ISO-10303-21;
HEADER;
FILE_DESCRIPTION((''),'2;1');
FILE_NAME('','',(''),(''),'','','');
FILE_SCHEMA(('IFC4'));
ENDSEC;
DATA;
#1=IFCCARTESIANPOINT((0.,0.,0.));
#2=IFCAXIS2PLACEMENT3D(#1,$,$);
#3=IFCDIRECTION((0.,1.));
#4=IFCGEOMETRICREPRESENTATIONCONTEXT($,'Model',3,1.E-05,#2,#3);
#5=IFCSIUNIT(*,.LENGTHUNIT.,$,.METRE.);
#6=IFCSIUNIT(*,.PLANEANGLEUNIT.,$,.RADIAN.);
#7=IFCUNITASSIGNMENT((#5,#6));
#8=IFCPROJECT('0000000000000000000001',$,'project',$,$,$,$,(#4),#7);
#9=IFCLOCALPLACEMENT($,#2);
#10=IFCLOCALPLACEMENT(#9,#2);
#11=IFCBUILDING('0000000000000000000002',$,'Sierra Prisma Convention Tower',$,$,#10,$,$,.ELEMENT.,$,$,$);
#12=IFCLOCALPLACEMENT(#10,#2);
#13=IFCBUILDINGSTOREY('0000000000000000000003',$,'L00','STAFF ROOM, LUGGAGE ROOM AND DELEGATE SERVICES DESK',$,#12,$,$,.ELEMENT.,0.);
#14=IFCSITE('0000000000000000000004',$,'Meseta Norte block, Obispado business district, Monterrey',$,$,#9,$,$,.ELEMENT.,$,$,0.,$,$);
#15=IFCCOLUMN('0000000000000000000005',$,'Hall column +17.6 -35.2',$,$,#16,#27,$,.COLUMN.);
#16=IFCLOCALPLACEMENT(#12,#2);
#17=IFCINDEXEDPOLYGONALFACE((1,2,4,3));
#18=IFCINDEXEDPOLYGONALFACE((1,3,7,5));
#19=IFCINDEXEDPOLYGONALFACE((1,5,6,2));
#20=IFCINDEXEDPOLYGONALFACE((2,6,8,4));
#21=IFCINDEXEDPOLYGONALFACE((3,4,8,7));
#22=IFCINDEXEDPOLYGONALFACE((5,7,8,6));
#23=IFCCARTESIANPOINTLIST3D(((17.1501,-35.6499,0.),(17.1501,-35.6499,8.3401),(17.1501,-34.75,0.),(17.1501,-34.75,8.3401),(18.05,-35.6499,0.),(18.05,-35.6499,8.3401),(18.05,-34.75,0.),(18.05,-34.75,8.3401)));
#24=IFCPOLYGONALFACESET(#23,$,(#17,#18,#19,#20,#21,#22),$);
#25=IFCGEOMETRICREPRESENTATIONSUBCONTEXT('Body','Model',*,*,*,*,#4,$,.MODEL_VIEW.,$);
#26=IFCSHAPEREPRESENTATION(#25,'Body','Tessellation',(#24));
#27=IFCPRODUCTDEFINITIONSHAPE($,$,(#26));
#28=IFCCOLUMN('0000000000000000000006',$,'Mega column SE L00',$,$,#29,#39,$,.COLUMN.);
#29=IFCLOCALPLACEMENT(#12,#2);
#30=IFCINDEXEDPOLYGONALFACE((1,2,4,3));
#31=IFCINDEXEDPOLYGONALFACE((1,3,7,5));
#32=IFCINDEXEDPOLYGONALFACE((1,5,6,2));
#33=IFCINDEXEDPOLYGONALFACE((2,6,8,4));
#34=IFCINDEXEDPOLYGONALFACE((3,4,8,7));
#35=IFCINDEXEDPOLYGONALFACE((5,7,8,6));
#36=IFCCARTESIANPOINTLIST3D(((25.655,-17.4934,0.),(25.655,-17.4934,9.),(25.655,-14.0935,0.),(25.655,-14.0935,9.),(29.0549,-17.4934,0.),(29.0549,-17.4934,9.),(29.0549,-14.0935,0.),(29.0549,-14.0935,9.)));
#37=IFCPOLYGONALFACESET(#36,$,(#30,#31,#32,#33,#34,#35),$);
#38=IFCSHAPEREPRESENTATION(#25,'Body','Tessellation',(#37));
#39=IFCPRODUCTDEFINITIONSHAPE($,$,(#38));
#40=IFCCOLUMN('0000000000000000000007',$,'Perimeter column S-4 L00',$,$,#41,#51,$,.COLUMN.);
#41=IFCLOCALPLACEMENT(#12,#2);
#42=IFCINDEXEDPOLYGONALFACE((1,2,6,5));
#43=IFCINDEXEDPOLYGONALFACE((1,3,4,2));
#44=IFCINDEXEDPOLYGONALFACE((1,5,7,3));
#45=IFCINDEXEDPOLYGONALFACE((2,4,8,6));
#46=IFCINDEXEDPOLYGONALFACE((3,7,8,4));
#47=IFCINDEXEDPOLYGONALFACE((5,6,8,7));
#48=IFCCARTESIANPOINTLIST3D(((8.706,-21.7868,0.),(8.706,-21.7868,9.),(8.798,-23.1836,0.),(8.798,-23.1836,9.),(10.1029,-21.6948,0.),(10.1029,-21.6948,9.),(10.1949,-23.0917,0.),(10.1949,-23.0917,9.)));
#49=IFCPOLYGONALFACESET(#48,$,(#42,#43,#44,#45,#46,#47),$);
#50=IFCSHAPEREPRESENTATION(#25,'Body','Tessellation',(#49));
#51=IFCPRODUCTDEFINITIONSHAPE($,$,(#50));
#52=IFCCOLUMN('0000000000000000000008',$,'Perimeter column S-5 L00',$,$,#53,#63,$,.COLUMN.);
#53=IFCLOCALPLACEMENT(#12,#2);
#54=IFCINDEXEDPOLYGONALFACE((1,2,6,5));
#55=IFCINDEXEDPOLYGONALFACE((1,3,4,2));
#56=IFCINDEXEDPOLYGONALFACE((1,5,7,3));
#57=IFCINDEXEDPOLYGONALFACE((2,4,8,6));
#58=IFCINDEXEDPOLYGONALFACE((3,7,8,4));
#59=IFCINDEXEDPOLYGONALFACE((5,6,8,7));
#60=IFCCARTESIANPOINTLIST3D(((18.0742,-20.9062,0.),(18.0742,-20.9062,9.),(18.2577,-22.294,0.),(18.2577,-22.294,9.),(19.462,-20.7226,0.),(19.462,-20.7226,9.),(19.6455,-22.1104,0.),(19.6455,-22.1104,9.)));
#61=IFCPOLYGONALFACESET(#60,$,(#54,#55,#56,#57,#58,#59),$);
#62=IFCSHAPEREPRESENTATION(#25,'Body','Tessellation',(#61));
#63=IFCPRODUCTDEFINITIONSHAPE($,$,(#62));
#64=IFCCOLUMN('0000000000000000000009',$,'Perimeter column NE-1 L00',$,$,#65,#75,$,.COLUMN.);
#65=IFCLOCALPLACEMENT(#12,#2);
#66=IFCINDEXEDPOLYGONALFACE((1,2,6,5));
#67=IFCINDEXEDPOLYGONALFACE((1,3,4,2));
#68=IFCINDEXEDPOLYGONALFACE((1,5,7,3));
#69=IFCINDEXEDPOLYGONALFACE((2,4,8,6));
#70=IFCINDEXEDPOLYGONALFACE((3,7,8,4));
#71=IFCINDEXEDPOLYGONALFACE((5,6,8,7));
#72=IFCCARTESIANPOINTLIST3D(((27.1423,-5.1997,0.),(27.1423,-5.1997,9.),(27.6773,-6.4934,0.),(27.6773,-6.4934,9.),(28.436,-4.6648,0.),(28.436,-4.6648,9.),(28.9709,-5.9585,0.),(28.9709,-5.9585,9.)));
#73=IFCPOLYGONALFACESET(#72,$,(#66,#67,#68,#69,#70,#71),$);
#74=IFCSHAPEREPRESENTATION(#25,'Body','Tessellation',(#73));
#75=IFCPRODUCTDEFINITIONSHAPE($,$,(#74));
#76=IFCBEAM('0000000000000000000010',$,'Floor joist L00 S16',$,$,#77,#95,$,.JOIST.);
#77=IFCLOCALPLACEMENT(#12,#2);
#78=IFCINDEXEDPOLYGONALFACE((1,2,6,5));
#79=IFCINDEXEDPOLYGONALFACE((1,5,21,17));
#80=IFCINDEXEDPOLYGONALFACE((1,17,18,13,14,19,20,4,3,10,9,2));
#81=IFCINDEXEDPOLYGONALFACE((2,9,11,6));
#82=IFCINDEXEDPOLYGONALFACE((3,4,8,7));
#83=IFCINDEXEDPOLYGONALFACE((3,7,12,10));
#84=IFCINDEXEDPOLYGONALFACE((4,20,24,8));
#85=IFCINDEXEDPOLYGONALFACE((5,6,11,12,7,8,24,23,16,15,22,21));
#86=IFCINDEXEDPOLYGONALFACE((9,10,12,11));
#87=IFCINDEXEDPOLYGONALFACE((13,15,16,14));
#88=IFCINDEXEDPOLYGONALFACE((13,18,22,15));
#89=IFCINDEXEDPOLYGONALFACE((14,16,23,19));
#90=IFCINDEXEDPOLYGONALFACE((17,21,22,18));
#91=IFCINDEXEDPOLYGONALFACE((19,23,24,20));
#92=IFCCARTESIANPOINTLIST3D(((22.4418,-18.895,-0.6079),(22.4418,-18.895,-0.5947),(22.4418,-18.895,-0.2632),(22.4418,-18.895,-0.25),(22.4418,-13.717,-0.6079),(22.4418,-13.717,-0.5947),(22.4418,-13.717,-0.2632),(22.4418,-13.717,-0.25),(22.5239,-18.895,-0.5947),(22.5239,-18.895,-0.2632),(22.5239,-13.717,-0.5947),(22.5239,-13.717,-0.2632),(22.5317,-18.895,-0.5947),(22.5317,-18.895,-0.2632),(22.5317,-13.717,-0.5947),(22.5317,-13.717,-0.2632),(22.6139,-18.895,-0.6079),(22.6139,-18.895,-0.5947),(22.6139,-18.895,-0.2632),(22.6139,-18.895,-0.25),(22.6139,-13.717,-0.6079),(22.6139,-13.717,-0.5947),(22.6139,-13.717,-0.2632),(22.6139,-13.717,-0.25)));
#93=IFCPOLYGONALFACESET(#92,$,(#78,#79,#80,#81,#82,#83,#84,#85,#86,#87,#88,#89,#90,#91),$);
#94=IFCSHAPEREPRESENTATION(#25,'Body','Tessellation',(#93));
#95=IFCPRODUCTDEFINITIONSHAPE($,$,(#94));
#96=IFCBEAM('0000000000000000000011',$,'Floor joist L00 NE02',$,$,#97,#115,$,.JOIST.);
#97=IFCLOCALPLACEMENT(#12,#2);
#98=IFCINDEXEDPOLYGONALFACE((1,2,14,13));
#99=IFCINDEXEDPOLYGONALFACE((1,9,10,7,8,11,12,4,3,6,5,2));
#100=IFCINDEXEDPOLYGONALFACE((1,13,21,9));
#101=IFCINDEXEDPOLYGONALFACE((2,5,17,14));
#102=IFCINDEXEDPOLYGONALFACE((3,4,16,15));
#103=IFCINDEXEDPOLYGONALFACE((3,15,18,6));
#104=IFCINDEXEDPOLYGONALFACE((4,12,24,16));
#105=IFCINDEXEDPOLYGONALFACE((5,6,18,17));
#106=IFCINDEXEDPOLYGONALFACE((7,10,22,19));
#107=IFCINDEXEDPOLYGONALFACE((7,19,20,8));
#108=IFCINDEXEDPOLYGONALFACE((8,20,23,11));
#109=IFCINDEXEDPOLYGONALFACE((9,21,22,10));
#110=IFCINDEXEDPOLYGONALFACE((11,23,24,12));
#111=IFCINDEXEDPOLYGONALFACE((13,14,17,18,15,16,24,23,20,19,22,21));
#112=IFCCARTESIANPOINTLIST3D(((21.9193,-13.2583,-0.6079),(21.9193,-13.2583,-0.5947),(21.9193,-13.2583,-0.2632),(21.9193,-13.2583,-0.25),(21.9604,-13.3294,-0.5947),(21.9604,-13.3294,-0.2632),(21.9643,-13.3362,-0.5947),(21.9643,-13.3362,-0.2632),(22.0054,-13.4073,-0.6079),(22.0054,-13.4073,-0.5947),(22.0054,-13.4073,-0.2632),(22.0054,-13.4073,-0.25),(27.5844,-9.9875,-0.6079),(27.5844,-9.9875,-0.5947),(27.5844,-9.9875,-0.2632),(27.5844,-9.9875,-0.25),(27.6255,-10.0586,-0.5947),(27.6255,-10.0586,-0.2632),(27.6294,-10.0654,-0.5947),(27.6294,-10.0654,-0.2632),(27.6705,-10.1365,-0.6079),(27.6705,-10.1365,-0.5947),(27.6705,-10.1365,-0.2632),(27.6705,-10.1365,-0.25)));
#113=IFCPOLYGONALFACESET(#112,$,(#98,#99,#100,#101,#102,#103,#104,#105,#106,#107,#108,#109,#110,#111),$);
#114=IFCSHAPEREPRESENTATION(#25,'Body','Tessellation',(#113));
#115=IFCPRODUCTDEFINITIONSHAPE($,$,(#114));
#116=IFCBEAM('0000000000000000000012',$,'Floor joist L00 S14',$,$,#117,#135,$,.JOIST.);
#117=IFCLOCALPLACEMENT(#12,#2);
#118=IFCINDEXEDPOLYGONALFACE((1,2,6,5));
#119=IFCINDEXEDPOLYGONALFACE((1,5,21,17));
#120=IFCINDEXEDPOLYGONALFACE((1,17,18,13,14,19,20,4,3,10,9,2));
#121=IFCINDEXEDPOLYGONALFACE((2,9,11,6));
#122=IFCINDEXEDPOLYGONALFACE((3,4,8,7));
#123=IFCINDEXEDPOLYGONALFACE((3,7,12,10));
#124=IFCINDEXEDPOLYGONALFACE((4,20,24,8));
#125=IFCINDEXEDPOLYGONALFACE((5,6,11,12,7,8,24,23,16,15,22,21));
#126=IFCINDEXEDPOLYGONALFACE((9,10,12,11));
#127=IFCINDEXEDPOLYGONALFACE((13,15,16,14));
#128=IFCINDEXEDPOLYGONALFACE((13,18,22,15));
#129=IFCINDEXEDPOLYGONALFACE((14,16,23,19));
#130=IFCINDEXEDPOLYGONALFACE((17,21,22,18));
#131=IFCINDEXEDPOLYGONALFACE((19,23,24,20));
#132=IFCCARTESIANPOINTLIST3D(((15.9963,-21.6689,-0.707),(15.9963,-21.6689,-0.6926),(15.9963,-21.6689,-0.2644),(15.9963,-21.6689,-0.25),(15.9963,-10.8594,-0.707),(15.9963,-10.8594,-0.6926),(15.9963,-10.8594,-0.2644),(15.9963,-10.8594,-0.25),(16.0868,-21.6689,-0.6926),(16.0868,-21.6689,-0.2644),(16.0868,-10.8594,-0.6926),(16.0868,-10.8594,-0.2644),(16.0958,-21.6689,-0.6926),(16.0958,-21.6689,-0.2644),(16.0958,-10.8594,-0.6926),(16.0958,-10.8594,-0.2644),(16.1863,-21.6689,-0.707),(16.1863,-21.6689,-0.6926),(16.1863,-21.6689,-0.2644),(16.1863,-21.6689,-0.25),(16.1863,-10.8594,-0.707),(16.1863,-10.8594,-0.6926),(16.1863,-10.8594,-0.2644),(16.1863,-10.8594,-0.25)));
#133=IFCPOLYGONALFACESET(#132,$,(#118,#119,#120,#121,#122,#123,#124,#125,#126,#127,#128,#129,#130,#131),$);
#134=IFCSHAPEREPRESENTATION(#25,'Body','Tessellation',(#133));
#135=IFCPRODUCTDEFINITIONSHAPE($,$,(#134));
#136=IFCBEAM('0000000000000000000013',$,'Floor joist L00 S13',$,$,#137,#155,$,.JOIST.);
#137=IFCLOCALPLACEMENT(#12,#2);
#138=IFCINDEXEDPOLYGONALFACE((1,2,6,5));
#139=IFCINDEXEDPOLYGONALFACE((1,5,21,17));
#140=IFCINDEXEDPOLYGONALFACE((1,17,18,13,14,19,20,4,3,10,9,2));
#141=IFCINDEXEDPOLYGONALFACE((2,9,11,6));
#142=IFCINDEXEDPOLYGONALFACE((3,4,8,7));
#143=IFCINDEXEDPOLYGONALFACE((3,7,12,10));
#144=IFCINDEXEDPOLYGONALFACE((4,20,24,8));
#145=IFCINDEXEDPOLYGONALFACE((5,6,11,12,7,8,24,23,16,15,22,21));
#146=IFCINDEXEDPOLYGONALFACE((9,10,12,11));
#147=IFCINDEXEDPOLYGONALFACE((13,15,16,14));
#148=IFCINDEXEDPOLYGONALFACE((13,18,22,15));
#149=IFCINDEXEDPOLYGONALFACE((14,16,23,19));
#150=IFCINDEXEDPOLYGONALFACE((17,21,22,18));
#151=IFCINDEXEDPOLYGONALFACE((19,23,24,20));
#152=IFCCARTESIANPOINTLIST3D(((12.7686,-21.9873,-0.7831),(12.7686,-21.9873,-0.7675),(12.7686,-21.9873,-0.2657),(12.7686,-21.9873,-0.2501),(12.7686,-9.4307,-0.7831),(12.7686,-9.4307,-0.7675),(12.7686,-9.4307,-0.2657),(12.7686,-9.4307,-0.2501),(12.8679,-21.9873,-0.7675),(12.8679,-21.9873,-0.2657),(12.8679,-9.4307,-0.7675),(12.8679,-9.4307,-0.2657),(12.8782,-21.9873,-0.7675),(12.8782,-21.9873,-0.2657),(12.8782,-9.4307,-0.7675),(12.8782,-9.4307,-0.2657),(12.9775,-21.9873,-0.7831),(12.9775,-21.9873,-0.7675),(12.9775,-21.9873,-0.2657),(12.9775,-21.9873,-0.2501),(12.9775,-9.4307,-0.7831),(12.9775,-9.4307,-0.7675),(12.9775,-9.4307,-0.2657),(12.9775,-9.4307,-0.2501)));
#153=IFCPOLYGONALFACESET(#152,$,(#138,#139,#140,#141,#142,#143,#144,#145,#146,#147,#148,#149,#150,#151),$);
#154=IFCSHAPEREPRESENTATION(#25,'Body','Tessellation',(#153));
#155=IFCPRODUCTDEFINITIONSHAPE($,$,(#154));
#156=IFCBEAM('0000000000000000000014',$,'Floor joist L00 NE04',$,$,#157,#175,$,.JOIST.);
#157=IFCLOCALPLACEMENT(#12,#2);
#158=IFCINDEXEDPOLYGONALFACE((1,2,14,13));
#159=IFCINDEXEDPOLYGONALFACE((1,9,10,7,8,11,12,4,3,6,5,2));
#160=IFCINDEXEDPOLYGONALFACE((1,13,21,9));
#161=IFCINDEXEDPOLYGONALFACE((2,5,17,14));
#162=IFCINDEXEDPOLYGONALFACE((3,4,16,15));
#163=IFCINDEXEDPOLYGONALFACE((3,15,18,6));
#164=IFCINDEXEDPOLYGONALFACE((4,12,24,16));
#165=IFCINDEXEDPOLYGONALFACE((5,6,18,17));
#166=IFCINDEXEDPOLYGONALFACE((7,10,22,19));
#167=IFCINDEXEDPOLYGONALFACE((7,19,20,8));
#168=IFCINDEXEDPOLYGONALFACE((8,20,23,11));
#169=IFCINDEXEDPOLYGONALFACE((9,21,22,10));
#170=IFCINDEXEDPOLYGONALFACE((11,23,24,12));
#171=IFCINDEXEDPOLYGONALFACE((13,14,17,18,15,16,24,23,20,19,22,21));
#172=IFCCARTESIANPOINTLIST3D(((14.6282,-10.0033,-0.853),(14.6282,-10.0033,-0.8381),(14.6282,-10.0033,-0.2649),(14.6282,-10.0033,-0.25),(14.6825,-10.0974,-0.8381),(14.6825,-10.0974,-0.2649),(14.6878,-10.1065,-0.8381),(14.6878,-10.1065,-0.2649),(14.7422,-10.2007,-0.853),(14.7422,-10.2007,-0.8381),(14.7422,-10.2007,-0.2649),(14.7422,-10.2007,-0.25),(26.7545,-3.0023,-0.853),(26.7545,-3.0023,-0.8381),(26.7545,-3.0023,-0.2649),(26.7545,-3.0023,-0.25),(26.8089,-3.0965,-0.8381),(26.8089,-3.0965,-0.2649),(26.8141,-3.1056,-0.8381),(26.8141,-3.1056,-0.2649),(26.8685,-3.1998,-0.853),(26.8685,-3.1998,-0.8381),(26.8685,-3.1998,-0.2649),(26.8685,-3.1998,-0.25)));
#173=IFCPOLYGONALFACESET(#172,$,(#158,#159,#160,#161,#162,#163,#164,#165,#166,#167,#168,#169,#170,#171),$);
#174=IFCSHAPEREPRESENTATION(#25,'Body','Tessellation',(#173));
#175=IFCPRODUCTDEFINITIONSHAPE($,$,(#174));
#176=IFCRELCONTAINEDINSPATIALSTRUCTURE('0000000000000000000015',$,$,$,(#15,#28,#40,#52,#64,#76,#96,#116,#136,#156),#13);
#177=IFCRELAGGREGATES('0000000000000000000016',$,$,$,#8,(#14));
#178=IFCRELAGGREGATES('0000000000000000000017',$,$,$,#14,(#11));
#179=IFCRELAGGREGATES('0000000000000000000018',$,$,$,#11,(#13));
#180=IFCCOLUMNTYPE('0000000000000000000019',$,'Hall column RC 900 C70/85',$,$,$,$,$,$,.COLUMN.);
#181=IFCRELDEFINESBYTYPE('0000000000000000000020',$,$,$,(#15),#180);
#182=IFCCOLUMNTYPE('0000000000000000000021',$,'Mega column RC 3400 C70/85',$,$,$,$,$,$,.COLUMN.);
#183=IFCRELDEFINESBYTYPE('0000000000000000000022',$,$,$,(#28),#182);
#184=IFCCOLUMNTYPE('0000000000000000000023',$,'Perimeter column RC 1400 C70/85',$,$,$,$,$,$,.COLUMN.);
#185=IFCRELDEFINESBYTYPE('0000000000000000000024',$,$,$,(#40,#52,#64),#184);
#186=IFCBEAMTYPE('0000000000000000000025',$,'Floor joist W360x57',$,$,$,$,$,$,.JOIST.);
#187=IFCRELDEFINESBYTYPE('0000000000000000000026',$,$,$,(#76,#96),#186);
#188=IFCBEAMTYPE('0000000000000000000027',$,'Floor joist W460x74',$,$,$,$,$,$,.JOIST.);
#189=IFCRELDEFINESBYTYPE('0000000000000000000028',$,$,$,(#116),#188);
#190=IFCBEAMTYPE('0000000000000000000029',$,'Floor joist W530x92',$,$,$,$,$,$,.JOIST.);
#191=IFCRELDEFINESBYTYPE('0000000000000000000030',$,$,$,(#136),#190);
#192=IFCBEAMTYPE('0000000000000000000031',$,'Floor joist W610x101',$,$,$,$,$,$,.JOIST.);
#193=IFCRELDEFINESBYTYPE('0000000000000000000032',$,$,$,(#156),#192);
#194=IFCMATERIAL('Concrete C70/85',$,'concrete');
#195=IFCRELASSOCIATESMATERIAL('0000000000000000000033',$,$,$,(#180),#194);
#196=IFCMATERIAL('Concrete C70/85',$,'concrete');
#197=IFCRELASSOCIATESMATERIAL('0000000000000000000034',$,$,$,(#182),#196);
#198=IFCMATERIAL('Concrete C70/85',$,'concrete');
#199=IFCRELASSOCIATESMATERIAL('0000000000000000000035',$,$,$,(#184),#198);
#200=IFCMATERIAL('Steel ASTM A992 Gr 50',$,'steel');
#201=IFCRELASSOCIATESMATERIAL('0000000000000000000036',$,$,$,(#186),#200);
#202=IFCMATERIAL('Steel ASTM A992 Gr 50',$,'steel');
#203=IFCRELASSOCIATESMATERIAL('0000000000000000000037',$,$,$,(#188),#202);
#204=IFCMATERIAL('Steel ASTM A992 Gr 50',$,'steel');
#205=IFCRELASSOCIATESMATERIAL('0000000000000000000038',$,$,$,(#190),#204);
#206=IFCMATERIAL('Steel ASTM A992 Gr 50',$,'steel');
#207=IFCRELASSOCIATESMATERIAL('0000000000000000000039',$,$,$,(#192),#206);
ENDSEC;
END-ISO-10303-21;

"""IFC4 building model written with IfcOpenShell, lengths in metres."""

from ifc_helpers import new_model, si_unit, direction, frame, origin, origin_2d, place, context, subcontext, project, spatial, rectangle, i_section, extrude, material, material_profile, profile_set, type_object, element, save


model = new_model("IFC4")

# Units and contexts
model_context = context("Model", 3, precision=1e-05, world=origin(), true_north=direction((0.0, 1.0)))
body_context = subcontext(model_context, "Body", "Model", "MODEL_VIEW")
ifc_project = project(units=[si_unit("LENGTHUNIT", "METRE"), si_unit("PLANEANGLEUNIT", "RADIAN")], contexts=[model_context])

# Site, building, storey
site_placement = place(None, origin())
site = spatial("IfcSite", under=ifc_project, at=site_placement, Name="Meseta Norte block, Obispado business district, Monterrey", CompositionType="ELEMENT", RefElevation=0.0)
building_placement = place(site_placement, origin())
building = spatial("IfcBuilding", under=site, at=building_placement, Name="Sierra Prisma Convention Tower", CompositionType="ELEMENT")
storey_placement = place(building_placement, origin())
storey = spatial("IfcBuildingStorey", under=building, at=storey_placement, Name="L00", Description="STAFF ROOM, LUGGAGE ROOM AND DELEGATE SERVICES DESK", CompositionType="ELEMENT", Elevation=0.0)

# Columns
ifc_material_1 = material(Name="Concrete C70/85", Category="concrete")
ifc_material_profile_1 = material_profile(ifc_material_1, rectangle(XDim=0.8999, YDim=0.8999, at=origin_2d()), Name="Hall column RC 900 C70/85")
ifc_profile_set_1 = profile_set([ifc_material_profile_1], Name="Concrete C70/85")
column_type_1 = type_object("IfcColumnType", Name="Hall column RC 900 C70/85", PredefinedType="COLUMN", material=ifc_profile_set_1)
column_1_placement = place(storey_placement, frame((17.6001, -35.2, 0.0), z_axis=(0.0, 0.0, 1.0), x_axis=(1.0, 0.0, 0.0)))
element("IfcColumn", 1, at=column_1_placement, inside=storey, type_object=column_type_1, Name="Hall column +17.6 -35.2", PredefinedType="COLUMN", context=body_context, shape_type="SweptSolid", body=[
    extrude(rectangle(XDim=0.8999, YDim=0.8999, at=origin_2d()), origin(), (0.0, 0.0, 1.0), 8.3401),
])
ifc_material_2 = material(Name="Concrete C70/85", Category="concrete")
ifc_material_profile_2 = material_profile(ifc_material_2, rectangle(XDim=3.3999, YDim=3.3999, at=origin_2d()), Name="Mega column RC 3400 C70/85")
ifc_profile_set_2 = profile_set([ifc_material_profile_2], Name="Concrete C70/85")
column_type_2 = type_object("IfcColumnType", Name="Mega column RC 3400 C70/85", PredefinedType="COLUMN", material=ifc_profile_set_2)
column_2_placement = place(storey_placement, frame((27.355, -15.7935, 0.0), z_axis=(0.0, 0.0, 1.0), x_axis=(1.0, 0.0, 0.0)))
element("IfcColumn", 2, at=column_2_placement, inside=storey, type_object=column_type_2, Name="Mega column SE L00", PredefinedType="COLUMN", context=body_context, shape_type="SweptSolid", body=[
    extrude(rectangle(XDim=3.3999, YDim=3.3999, at=origin_2d()), origin(), (0.0, 0.0, 1.0), 9.0),
])
ifc_material_3 = material(Name="Concrete C70/85", Category="concrete")
ifc_material_profile_3 = material_profile(ifc_material_3, rectangle(XDim=1.3999, YDim=1.3999, at=origin_2d()), Name="Perimeter column RC 1400 C70/85")
ifc_profile_set_3 = profile_set([ifc_material_profile_3], Name="Concrete C70/85")
column_type_3 = type_object("IfcColumnType", Name="Perimeter column RC 1400 C70/85", PredefinedType="COLUMN", material=ifc_profile_set_3)
for number, where, z_axis, x_axis, name in (
    (3, (9.4504, -22.4392, 0.0), (0.0, 0.0, 1.0), (0.997839, 0.065699, 0.0), "Perimeter column S-4 L00"),
    (4, (18.8599, -21.5083, 0.0), (0.0, 0.0, 1.0), (0.991367, 0.131115, 0.0), "Perimeter column S-5 L00"),
    (5, (28.0566, -5.5791, 0.0), (0.0, 0.0, 1.0), (-0.382135, 0.924106, 0.0), "Perimeter column NE-1 L00"),
):
    element("IfcColumn", number, at=place(storey_placement, frame(where, z_axis=z_axis, x_axis=x_axis)), inside=storey, type_object=column_type_3, Name=name, PredefinedType="COLUMN", context=body_context, shape_type="SweptSolid", body=[
        extrude(rectangle(XDim=1.3999, YDim=1.3999, at=origin_2d()), origin(), (0.0, 0.0, 1.0), 9.0),
    ])

# Beams
ifc_material_4 = material(Name="Steel ASTM A992 Gr 50", Category="steel")
ifc_material_profile_4 = material_profile(ifc_material_4, i_section(OverallWidth=0.1721, OverallDepth=0.3579, WebThickness=0.0078, FlangeThickness=0.0132, at=origin_2d()), Name="W360x57")
ifc_profile_set_4 = profile_set([ifc_material_profile_4], Name="Steel ASTM A992 Gr 50")
beam_type_1 = type_object("IfcBeamType", Name="Floor joist W360x57", PredefinedType="JOIST", material=ifc_profile_set_4)
beam_1_placement = place(storey_placement, frame((22.5278, -18.895, -0.429), z_axis=(0.0, 1.0, 0.0), x_axis=(-1.0, 0.0, 0.0)))
element("IfcBeam", 6, at=beam_1_placement, inside=storey, type_object=beam_type_1, Name="Floor joist L00 S16", PredefinedType="JOIST", context=body_context, shape_type="SweptSolid", body=[
    extrude(i_section(OverallWidth=0.1721, OverallDepth=0.3579, WebThickness=0.0078, FlangeThickness=0.0132, at=origin_2d()), origin(), (0.0, 0.0, 1.0), 5.178),
])
beam_2_placement = place(storey_placement, frame((27.6274, -10.062, -0.429), z_axis=(-0.866023, -0.500005, 0.0), x_axis=(0.500005, -0.866023, 0.0)))
element("IfcBeam", 7, at=beam_2_placement, inside=storey, type_object=beam_type_1, Name="Floor joist L00 NE02", PredefinedType="JOIST", context=body_context, shape_type="SweptSolid", body=[
    extrude(i_section(OverallWidth=0.1721, OverallDepth=0.3579, WebThickness=0.0078, FlangeThickness=0.0132, at=origin_2d()), origin(), (0.0, 0.0, 1.0), 6.5415),
])
ifc_material_5 = material(Name="Steel ASTM A992 Gr 50", Category="steel")
ifc_material_profile_5 = material_profile(ifc_material_5, i_section(OverallWidth=0.1899, OverallDepth=0.457, WebThickness=0.009, FlangeThickness=0.0144, at=origin_2d()), Name="W460x74")
ifc_profile_set_5 = profile_set([ifc_material_profile_5], Name="Steel ASTM A992 Gr 50")
beam_type_2 = type_object("IfcBeamType", Name="Floor joist W460x74", PredefinedType="JOIST", material=ifc_profile_set_5)
beam_3_placement = place(storey_placement, frame((16.0913, -21.6689, -0.4785), z_axis=(0.0, 1.0, 0.0), x_axis=(-1.0, 0.0, 0.0)))
element("IfcBeam", 8, at=beam_3_placement, inside=storey, type_object=beam_type_2, Name="Floor joist L00 S14", PredefinedType="JOIST", context=body_context, shape_type="SweptSolid", body=[
    extrude(i_section(OverallWidth=0.1899, OverallDepth=0.457, WebThickness=0.009, FlangeThickness=0.0144, at=origin_2d()), origin(), (0.0, 0.0, 1.0), 10.8096),
])
ifc_material_6 = material(Name="Steel ASTM A992 Gr 50", Category="steel")
ifc_material_profile_6 = material_profile(ifc_material_6, i_section(OverallWidth=0.209, OverallDepth=0.533, WebThickness=0.0103, FlangeThickness=0.0156, at=origin_2d()), Name="W530x92")
ifc_profile_set_6 = profile_set([ifc_material_profile_6], Name="Steel ASTM A992 Gr 50")
beam_type_3 = type_object("IfcBeamType", Name="Floor joist W530x92", PredefinedType="JOIST", material=ifc_profile_set_6)
beam_4_placement = place(storey_placement, frame((12.873, -21.9873, -0.5166), z_axis=(0.0, 1.0, 0.0), x_axis=(-1.0, 0.0, 0.0)))
element("IfcBeam", 9, at=beam_4_placement, inside=storey, type_object=beam_type_3, Name="Floor joist L00 S13", PredefinedType="JOIST", context=body_context, shape_type="SweptSolid", body=[
    extrude(i_section(OverallWidth=0.209, OverallDepth=0.533, WebThickness=0.0103, FlangeThickness=0.0156, at=origin_2d()), origin(), (0.0, 0.0, 1.0), 12.5566),
])
ifc_material_7 = material(Name="Steel ASTM A992 Gr 50", Category="steel")
ifc_material_profile_7 = material_profile(ifc_material_7, i_section(OverallWidth=0.228, OverallDepth=0.603, WebThickness=0.0105, FlangeThickness=0.0149, at=origin_2d()), Name="W610x101")
ifc_profile_set_7 = profile_set([ifc_material_profile_7], Name="Steel ASTM A992 Gr 50")
beam_type_4 = type_object("IfcBeamType", Name="Floor joist W610x101", PredefinedType="JOIST", material=ifc_profile_set_7)
beam_5_placement = place(storey_placement, frame((26.8115, -3.1011, -0.5515), z_axis=(-0.866033, -0.499987, 0.0), x_axis=(0.499987, -0.866033, 0.0)))
element("IfcBeam", 10, at=beam_5_placement, inside=storey, type_object=beam_type_4, Name="Floor joist L00 NE04", PredefinedType="JOIST", context=body_context, shape_type="SweptSolid", body=[
    extrude(i_section(OverallWidth=0.228, OverallDepth=0.603, WebThickness=0.0105, FlangeThickness=0.0149, at=origin_2d()), origin(), (0.0, 0.0, 1.0), 14.0022),
])

save(model, "model.ifc")
